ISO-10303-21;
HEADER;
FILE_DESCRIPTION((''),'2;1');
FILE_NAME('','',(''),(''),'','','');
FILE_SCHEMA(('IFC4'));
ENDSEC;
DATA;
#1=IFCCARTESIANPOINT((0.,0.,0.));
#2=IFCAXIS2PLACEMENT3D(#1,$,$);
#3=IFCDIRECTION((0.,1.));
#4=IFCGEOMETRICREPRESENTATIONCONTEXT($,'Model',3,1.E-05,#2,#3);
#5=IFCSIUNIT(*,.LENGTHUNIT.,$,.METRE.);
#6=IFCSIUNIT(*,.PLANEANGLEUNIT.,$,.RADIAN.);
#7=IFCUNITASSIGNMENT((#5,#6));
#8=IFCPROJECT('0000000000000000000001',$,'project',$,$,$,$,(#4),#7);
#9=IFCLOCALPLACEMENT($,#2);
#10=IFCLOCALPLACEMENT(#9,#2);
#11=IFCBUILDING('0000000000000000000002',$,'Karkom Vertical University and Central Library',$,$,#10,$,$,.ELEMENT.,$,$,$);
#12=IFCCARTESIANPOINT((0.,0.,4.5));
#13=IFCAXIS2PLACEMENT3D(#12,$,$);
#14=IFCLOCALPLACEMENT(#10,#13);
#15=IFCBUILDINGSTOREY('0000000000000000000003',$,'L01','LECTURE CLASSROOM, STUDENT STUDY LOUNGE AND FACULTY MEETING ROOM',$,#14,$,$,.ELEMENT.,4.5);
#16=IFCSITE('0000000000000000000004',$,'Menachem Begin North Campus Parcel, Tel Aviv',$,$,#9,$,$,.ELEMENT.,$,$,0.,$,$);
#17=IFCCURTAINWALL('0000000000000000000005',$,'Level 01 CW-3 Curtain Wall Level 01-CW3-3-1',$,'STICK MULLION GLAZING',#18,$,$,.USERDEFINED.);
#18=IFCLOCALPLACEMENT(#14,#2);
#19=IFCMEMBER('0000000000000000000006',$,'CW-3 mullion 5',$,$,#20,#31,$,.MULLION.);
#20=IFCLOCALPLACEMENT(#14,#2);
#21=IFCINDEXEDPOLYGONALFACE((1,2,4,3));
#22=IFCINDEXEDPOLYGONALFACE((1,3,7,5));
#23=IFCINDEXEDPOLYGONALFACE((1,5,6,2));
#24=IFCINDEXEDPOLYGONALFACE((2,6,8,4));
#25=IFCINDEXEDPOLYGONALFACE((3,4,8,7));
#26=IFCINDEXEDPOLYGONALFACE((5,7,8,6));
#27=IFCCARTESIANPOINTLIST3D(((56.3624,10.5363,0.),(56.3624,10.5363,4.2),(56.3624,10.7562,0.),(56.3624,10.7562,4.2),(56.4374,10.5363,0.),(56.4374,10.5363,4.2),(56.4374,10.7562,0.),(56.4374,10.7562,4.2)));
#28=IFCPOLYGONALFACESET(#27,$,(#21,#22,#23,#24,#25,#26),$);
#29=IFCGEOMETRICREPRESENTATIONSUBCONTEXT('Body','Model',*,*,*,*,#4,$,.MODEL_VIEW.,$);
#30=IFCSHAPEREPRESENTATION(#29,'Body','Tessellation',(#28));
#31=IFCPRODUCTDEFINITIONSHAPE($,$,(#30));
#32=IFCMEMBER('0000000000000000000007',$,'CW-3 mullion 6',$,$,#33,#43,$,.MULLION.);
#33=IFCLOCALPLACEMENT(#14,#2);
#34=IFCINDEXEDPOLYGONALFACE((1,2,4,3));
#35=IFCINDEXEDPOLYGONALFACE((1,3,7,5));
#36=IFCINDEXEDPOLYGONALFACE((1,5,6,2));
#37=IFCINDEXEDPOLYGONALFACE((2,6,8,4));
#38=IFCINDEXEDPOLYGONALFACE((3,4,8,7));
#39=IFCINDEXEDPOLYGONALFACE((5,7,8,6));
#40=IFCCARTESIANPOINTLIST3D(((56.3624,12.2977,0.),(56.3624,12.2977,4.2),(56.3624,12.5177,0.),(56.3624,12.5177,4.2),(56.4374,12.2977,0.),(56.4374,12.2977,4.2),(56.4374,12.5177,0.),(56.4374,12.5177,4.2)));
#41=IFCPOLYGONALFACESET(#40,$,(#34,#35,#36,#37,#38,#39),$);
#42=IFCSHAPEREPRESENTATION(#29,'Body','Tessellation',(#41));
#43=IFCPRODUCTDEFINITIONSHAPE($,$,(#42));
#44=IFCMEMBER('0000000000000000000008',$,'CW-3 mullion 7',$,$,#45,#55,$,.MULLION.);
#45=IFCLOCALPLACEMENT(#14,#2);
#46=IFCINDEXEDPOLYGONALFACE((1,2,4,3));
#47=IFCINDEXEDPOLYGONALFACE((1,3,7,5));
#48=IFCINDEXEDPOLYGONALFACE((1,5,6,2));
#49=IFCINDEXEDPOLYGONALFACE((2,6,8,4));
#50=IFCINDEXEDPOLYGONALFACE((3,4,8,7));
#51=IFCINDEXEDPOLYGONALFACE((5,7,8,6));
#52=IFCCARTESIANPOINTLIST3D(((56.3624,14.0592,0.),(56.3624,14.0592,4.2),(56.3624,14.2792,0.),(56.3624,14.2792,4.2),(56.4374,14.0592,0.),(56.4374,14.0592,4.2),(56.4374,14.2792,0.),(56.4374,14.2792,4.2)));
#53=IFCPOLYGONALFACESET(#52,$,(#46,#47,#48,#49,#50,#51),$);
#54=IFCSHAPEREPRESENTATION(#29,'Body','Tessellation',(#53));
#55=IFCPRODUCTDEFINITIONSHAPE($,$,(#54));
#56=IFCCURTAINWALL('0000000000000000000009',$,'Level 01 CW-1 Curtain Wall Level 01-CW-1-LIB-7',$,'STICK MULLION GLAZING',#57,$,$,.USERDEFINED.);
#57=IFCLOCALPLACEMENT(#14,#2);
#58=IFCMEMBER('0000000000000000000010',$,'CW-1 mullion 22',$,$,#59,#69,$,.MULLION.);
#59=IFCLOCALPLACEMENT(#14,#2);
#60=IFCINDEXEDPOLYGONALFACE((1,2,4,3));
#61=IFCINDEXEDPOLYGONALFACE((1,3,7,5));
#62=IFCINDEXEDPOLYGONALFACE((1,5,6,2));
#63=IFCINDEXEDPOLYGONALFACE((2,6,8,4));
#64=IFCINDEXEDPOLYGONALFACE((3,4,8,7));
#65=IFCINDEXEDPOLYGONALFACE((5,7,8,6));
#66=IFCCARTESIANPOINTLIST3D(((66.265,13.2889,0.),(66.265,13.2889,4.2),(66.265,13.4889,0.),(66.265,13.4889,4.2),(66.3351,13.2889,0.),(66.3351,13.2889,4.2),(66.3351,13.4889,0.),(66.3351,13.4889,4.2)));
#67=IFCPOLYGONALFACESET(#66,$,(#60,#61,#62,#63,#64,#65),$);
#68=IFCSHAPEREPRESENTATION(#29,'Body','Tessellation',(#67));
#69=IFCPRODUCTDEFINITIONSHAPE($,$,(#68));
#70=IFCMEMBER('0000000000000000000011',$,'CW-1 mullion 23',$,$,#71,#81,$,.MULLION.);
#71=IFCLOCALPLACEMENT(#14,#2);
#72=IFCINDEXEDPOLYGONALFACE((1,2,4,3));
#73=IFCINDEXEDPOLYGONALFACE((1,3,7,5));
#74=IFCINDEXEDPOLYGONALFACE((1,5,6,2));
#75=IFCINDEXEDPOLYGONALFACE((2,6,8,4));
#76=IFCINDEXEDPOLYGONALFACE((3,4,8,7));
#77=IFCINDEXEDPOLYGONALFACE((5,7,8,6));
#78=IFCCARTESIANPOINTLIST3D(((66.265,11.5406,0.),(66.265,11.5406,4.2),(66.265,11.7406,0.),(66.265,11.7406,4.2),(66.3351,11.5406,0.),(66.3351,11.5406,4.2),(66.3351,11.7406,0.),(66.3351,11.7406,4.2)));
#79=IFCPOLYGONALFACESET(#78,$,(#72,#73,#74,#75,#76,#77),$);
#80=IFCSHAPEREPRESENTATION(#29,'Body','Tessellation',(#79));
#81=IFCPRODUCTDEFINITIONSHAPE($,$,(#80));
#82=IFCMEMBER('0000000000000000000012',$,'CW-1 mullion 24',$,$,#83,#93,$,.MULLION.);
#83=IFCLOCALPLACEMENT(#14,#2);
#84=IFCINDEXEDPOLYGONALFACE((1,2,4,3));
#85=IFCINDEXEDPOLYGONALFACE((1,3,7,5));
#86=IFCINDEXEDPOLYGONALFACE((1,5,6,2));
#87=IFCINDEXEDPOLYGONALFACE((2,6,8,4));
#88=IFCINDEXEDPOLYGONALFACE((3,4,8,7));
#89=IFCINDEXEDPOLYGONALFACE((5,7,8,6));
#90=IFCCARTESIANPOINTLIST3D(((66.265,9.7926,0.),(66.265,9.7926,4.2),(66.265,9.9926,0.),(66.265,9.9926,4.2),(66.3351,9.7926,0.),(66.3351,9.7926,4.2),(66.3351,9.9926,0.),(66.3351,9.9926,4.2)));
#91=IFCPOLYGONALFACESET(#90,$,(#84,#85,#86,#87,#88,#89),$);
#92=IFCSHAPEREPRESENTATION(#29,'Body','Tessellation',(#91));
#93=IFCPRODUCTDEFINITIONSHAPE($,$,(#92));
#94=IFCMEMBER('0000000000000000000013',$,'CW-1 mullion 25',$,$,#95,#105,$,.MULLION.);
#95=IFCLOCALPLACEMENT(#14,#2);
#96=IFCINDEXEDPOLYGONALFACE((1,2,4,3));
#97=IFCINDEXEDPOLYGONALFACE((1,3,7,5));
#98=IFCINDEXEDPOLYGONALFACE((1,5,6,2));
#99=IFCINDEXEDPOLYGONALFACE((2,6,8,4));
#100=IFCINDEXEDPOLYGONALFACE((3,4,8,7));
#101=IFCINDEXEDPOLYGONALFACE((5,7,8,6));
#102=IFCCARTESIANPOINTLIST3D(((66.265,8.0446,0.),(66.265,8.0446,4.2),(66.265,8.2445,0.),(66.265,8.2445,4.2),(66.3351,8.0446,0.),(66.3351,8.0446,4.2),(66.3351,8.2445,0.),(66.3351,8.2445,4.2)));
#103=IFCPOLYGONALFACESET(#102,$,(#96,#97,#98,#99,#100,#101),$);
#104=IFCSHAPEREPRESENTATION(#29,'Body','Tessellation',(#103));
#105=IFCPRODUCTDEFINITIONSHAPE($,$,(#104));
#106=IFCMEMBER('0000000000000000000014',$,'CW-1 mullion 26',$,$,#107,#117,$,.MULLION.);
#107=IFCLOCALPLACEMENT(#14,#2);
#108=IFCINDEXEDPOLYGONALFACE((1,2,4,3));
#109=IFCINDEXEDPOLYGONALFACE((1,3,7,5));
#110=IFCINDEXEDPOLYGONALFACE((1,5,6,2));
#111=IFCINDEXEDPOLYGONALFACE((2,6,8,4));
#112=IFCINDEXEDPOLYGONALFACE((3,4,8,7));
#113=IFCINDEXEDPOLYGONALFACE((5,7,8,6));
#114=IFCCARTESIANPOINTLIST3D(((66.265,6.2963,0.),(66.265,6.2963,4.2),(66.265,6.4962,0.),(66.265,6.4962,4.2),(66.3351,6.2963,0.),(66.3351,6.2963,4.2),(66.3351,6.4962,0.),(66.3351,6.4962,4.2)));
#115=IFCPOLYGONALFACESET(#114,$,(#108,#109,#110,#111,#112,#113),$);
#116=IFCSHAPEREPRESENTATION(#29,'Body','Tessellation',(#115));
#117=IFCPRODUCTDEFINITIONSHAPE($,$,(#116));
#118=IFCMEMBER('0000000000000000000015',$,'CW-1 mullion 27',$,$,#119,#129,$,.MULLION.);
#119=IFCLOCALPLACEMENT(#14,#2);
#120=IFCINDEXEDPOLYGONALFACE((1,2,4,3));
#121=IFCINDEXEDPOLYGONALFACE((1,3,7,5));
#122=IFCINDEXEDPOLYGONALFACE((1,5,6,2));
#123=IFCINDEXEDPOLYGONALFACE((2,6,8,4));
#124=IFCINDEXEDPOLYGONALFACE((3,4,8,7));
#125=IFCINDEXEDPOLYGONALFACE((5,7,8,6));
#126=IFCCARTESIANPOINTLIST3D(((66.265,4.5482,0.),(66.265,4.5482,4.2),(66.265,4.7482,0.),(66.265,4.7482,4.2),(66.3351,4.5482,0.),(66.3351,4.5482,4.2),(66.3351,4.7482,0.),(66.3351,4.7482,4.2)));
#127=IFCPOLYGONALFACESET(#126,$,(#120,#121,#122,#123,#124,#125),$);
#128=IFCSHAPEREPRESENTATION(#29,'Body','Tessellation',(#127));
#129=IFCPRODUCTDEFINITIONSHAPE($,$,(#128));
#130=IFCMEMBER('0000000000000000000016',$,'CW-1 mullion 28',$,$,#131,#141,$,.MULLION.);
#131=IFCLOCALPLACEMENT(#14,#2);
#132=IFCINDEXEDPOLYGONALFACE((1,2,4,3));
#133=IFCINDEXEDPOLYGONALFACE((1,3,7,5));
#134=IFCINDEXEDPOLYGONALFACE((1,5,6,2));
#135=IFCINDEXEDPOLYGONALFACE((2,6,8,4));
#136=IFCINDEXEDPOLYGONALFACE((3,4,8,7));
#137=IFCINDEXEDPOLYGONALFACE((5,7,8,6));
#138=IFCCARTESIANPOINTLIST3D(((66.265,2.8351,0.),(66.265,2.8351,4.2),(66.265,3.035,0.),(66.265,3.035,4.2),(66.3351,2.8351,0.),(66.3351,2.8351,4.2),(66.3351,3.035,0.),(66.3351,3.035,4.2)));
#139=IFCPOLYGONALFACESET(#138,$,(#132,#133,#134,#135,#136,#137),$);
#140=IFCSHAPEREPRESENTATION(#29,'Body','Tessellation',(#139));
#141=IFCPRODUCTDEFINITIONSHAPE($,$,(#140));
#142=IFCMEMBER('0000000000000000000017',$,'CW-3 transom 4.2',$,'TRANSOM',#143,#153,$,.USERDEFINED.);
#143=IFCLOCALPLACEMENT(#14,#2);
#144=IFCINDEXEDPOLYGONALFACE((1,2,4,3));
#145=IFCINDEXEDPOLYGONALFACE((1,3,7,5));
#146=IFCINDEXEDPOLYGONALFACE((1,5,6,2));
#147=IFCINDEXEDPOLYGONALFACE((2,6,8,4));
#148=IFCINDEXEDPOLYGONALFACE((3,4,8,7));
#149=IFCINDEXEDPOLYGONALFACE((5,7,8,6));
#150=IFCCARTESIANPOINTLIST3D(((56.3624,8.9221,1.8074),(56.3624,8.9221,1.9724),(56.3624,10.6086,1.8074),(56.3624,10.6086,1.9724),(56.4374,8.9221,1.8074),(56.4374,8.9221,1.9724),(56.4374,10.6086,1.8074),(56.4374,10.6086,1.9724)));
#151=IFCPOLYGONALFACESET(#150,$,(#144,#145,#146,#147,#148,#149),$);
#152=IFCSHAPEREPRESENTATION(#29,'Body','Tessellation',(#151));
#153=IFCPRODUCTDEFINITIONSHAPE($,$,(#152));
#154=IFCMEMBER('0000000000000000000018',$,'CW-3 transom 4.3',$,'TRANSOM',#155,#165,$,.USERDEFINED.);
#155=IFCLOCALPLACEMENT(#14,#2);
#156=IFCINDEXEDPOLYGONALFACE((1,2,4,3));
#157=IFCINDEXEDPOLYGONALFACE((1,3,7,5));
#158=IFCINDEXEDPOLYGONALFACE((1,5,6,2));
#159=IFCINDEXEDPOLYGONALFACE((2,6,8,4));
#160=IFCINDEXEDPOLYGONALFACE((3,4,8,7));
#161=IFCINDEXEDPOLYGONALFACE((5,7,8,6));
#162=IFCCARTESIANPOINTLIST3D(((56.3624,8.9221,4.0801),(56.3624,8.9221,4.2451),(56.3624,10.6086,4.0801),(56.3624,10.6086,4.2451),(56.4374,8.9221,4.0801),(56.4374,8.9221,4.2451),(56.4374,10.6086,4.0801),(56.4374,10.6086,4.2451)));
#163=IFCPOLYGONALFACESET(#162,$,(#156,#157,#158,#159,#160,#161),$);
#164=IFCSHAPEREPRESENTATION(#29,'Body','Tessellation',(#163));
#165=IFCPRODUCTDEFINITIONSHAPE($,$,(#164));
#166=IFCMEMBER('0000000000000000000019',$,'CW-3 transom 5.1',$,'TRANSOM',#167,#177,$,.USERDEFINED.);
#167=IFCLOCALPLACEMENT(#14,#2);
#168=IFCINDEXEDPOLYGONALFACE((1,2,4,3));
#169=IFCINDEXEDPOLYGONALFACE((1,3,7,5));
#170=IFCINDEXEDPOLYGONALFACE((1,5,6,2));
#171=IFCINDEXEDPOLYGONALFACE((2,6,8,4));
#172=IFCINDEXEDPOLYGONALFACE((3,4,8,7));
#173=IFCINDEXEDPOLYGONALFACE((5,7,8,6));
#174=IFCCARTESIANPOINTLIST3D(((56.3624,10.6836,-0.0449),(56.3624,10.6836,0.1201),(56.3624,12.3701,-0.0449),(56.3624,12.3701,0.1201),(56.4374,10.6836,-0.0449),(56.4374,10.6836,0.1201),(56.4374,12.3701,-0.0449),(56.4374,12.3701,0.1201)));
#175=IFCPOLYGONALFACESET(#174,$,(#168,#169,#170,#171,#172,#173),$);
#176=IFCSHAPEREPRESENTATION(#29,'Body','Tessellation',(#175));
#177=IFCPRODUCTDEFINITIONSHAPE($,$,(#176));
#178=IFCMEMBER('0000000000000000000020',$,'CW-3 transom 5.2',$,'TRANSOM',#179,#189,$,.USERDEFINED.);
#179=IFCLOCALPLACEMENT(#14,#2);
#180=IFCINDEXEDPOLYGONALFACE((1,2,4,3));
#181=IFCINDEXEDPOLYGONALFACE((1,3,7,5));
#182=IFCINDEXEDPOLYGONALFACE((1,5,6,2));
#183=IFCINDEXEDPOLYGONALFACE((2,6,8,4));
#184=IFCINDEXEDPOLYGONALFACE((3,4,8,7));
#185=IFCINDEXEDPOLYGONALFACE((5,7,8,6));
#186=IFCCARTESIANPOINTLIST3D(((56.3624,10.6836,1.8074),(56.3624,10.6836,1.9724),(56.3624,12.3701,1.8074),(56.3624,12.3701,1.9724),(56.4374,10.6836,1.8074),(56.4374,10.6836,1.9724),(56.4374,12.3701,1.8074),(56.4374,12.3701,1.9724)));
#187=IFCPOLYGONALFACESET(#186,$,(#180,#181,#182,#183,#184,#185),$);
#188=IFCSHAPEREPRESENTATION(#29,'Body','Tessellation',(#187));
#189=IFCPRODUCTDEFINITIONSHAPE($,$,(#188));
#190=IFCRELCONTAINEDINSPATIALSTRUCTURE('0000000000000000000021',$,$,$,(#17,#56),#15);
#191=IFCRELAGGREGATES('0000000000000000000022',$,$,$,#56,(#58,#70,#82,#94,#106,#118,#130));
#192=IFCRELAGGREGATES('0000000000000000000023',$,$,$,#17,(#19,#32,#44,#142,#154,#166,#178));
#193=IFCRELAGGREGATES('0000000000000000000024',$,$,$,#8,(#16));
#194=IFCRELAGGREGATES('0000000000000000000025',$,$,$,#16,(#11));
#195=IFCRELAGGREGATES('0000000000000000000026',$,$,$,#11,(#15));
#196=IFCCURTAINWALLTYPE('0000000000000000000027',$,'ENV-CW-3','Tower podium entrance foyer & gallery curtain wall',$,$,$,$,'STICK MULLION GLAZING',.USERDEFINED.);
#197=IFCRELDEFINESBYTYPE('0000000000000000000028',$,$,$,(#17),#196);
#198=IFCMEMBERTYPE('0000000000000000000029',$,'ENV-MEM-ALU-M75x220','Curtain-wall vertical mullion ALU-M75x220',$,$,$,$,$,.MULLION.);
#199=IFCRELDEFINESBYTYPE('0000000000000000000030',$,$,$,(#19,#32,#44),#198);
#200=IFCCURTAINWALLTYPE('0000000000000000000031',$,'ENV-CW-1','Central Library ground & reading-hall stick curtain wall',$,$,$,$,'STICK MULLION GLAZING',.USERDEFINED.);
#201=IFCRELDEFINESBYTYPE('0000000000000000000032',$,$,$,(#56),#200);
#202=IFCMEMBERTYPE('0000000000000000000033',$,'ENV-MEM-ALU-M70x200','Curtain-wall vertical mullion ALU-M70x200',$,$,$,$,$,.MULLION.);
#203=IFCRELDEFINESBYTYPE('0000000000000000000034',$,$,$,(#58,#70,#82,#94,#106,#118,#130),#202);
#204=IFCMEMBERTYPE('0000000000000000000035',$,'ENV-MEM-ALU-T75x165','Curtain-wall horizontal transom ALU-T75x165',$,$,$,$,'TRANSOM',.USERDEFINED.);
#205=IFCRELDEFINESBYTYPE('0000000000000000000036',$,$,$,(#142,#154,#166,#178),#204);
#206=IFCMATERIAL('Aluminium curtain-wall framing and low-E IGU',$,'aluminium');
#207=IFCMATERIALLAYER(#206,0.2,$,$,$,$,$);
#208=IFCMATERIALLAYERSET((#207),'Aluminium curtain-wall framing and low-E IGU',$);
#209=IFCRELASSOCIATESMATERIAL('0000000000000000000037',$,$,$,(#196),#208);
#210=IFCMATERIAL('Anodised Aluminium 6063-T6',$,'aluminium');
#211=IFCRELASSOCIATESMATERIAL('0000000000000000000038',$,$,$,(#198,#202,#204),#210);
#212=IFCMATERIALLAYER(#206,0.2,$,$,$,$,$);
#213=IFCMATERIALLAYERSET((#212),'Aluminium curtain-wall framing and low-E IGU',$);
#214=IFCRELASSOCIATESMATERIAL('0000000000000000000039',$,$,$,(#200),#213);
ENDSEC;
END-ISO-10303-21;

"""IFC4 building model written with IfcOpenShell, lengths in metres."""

from ifc_helpers import new_model, si_unit, direction, frame, origin, origin_with_axes, origin_2d, place, context, subcontext, project, spatial, rectangle, extrude, source, transform, mapped, material, layer, layer_set, material_profile, profile_set, type_object, element, aggregate, save


model = new_model("IFC4")

# Units and contexts
model_context = context("Model", 3, precision=1e-05, world=origin(), true_north=direction((0.0, 1.0)))
body_context = subcontext(model_context, "Body", "Model", "MODEL_VIEW")
ifc_project = project(units=[si_unit("LENGTHUNIT", "METRE"), si_unit("PLANEANGLEUNIT", "RADIAN")], contexts=[model_context])

# Site, building, storey
site_placement = place(None, origin())
site = spatial("IfcSite", under=ifc_project, at=site_placement, Name="Menachem Begin North Campus Parcel, Tel Aviv", CompositionType="ELEMENT", RefElevation=0.0)
building_placement = place(site_placement, origin())
building = spatial("IfcBuilding", under=site, at=building_placement, Name="Karkom Vertical University and Central Library", CompositionType="ELEMENT")
storey_placement = place(building_placement, frame((0.0, 0.0, 4.5)))
storey = spatial("IfcBuildingStorey", under=building, at=storey_placement, Name="L01", Description="LECTURE CLASSROOM, STUDENT STUDY LOUNGE AND FACULTY MEETING ROOM", CompositionType="ELEMENT", Elevation=4.5)

# Curtain walls, members
ifc_material_1 = material(Name="Aluminium curtain-wall framing and low-E IGU", Category="aluminium")
ifc_layer_1 = layer(ifc_material_1, 0.2)
ifc_layer_set_1 = layer_set([ifc_layer_1], Name="Aluminium curtain-wall framing and low-E IGU")
curtain_wall_type_1 = type_object("IfcCurtainWallType", Name="ENV-CW-3", Description="Tower podium entrance foyer & gallery curtain wall", ElementType="STICK MULLION GLAZING", PredefinedType="USERDEFINED", material=ifc_layer_set_1)
curtain_wall_1_placement = place(storey_placement, origin())
curtain_wall_1 = element("IfcCurtainWall", 1, at=curtain_wall_1_placement, inside=storey, type_object=curtain_wall_type_1, Name="Level 01 CW-3 Curtain Wall Level 01-CW3-3-1", ObjectType="STICK MULLION GLAZING", PredefinedType="USERDEFINED")
ifc_material_2 = material(Name="Anodised Aluminium 6063-T6", Category="aluminium")
ifc_material_profile_1 = material_profile(ifc_material_2, rectangle(XDim=0.075, YDim=0.22, at=origin_2d()), Name="ALU-M75x220")
ifc_profile_set_1 = profile_set([ifc_material_profile_1], Name="Anodised Aluminium 6063-T6")
member_type_1 = type_object("IfcMemberType", Name="ENV-MEM-ALU-M75x220", Description="Curtain-wall vertical mullion ALU-M75x220", PredefinedType="MULLION", material=ifc_profile_set_1)
shared_shape_1 = source(origin_with_axes(), body_context, "Body", "SweptSolid", [
    extrude(rectangle(XDim=0.075, YDim=0.22, at=origin_2d()), origin(), (0.0, 0.0, 1.0), 4.2),
])
member_1_placement = place(storey_placement, frame((56.3999, 10.6462, 0.0), z_axis=(0.0, 0.0, 1.0), x_axis=(-1.0, 0.0, 0.0)))
member_1 = element("IfcMember", 2, at=member_1_placement, type_object=member_type_1, Name="CW-3 mullion 5", PredefinedType="MULLION", context=body_context, shape_type="MappedRepresentation", body=[
    mapped(shared_shape_1, transform((0.0, 0.0, 0.0), scale=1.0)),
])
member_2_placement = place(storey_placement, frame((56.3999, 12.4077, 0.0), z_axis=(0.0, 0.0, 1.0), x_axis=(-1.0, 0.0, 0.0)))
member_2 = element("IfcMember", 3, at=member_2_placement, type_object=member_type_1, Name="CW-3 mullion 6", PredefinedType="MULLION", context=body_context, shape_type="MappedRepresentation", body=[
    mapped(shared_shape_1, transform((0.0, 0.0, 0.0), scale=1.0)),
])
member_3_placement = place(storey_placement, frame((56.3999, 14.1692, 0.0), z_axis=(0.0, 0.0, 1.0), x_axis=(-1.0, 0.0, 0.0)))
member_3 = element("IfcMember", 4, at=member_3_placement, type_object=member_type_1, Name="CW-3 mullion 7", PredefinedType="MULLION", context=body_context, shape_type="MappedRepresentation", body=[
    mapped(shared_shape_1, transform((0.0, 0.0, 0.0), scale=1.0)),
])
ifc_layer_2 = layer(ifc_material_1, 0.2)
ifc_layer_set_2 = layer_set([ifc_layer_2], Name="Aluminium curtain-wall framing and low-E IGU")
curtain_wall_type_2 = type_object("IfcCurtainWallType", Name="ENV-CW-1", Description="Central Library ground & reading-hall stick curtain wall", ElementType="STICK MULLION GLAZING", PredefinedType="USERDEFINED", material=ifc_layer_set_2)
curtain_wall_2_placement = place(storey_placement, origin())
curtain_wall_2 = element("IfcCurtainWall", 5, at=curtain_wall_2_placement, inside=storey, type_object=curtain_wall_type_2, Name="Level 01 CW-1 Curtain Wall Level 01-CW-1-LIB-7", ObjectType="STICK MULLION GLAZING", PredefinedType="USERDEFINED")
ifc_material_profile_2 = material_profile(ifc_material_2, rectangle(XDim=0.0701, YDim=0.2, at=origin_2d()), Name="ALU-M70x200")
ifc_profile_set_2 = profile_set([ifc_material_profile_2], Name="Anodised Aluminium 6063-T6")
member_type_2 = type_object("IfcMemberType", Name="ENV-MEM-ALU-M70x200", Description="Curtain-wall vertical mullion ALU-M70x200", PredefinedType="MULLION", material=ifc_profile_set_2)
shared_shape_2 = source(origin_with_axes(), body_context, "Body", "SweptSolid", [
    extrude(rectangle(XDim=0.0701, YDim=0.2, at=origin_2d()), origin(), (0.0, 0.0, 1.0), 4.2),
])
member_4_placement = place(storey_placement, frame((66.3, 13.3889, 0.0), z_axis=(0.0, 0.0, 1.0), x_axis=(1.0, 0.0, 0.0)))
member_4 = element("IfcMember", 6, at=member_4_placement, type_object=member_type_2, Name="CW-1 mullion 22", PredefinedType="MULLION", context=body_context, shape_type="MappedRepresentation", body=[
    mapped(shared_shape_2, transform((0.0, 0.0, 0.0), scale=1.0)),
])
member_5_placement = place(storey_placement, frame((66.3, 11.6406, 0.0), z_axis=(0.0, 0.0, 1.0), x_axis=(1.0, 0.0, 0.0)))
member_5 = element("IfcMember", 7, at=member_5_placement, type_object=member_type_2, Name="CW-1 mullion 23", PredefinedType="MULLION", context=body_context, shape_type="MappedRepresentation", body=[
    mapped(shared_shape_2, transform((0.0, 0.0, 0.0), scale=1.0)),
])
member_6_placement = place(storey_placement, frame((66.3, 9.8926, 0.0), z_axis=(0.0, 0.0, 1.0), x_axis=(1.0, 0.0, 0.0)))
member_6 = element("IfcMember", 8, at=member_6_placement, type_object=member_type_2, Name="CW-1 mullion 24", PredefinedType="MULLION", context=body_context, shape_type="MappedRepresentation", body=[
    mapped(shared_shape_2, transform((0.0, 0.0, 0.0), scale=1.0)),
])
member_7_placement = place(storey_placement, frame((66.3, 8.1445, 0.0), z_axis=(0.0, 0.0, 1.0), x_axis=(1.0, 0.0, 0.0)))
member_7 = element("IfcMember", 9, at=member_7_placement, type_object=member_type_2, Name="CW-1 mullion 25", PredefinedType="MULLION", context=body_context, shape_type="MappedRepresentation", body=[
    mapped(shared_shape_2, transform((0.0, 0.0, 0.0), scale=1.0)),
])
member_8_placement = place(storey_placement, frame((66.3, 6.3962, 0.0), z_axis=(0.0, 0.0, 1.0), x_axis=(1.0, 0.0, 0.0)))
member_8 = element("IfcMember", 10, at=member_8_placement, type_object=member_type_2, Name="CW-1 mullion 26", PredefinedType="MULLION", context=body_context, shape_type="MappedRepresentation", body=[
    mapped(shared_shape_2, transform((0.0, 0.0, 0.0), scale=1.0)),
])
member_9_placement = place(storey_placement, frame((66.3, 4.6482, 0.0), z_axis=(0.0, 0.0, 1.0), x_axis=(1.0, 0.0, 0.0)))
member_9 = element("IfcMember", 11, at=member_9_placement, type_object=member_type_2, Name="CW-1 mullion 27", PredefinedType="MULLION", context=body_context, shape_type="MappedRepresentation", body=[
    mapped(shared_shape_2, transform((0.0, 0.0, 0.0), scale=1.0)),
])
member_10_placement = place(storey_placement, frame((66.3, 2.9351, 0.0), z_axis=(0.0, 0.0, 1.0), x_axis=(1.0, 0.0, 0.0)))
member_10 = element("IfcMember", 12, at=member_10_placement, type_object=member_type_2, Name="CW-1 mullion 28", PredefinedType="MULLION", context=body_context, shape_type="MappedRepresentation", body=[
    mapped(shared_shape_2, transform((0.0, 0.0, 0.0), scale=1.0)),
])
aggregate(curtain_wall_2, [member_4, member_5, member_6, member_7, member_8, member_9, member_10])

# Members
ifc_material_profile_3 = material_profile(ifc_material_2, rectangle(XDim=0.075, YDim=0.165, at=origin_2d()), Name="ALU-T75x165")
ifc_profile_set_3 = profile_set([ifc_material_profile_3], Name="Anodised Aluminium 6063-T6")
member_type_3 = type_object("IfcMemberType", Name="ENV-MEM-ALU-T75x165", Description="Curtain-wall horizontal transom ALU-T75x165", ElementType="TRANSOM", PredefinedType="USERDEFINED", material=ifc_profile_set_3)
shared_shape_3 = source(origin_with_axes(), body_context, "Body", "SweptSolid", [
    extrude(rectangle(XDim=0.075, YDim=0.165, at=origin_2d()), origin(), (0.0, 0.0, 1.0), 1.6865),
])
member_11_placement = place(storey_placement, frame((56.3999, 8.9221, 1.8899), z_axis=(0.0, 1.0, 0.0), x_axis=(-1.0, 0.0, 0.0)))
member_11 = element("IfcMember", 13, at=member_11_placement, type_object=member_type_3, Name="CW-3 transom 4.2", ObjectType="TRANSOM", PredefinedType="USERDEFINED", context=body_context, shape_type="MappedRepresentation", body=[
    mapped(shared_shape_3, transform((0.0, 0.0, 0.0), scale=1.0)),
])
member_12_placement = place(storey_placement, frame((56.3999, 8.9221, 4.1626), z_axis=(0.0, 1.0, 0.0), x_axis=(-1.0, 0.0, 0.0)))
member_12 = element("IfcMember", 14, at=member_12_placement, type_object=member_type_3, Name="CW-3 transom 4.3", ObjectType="TRANSOM", PredefinedType="USERDEFINED", context=body_context, shape_type="MappedRepresentation", body=[
    mapped(shared_shape_3, transform((0.0, 0.0, 0.0), scale=1.0)),
])
member_13_placement = place(storey_placement, frame((56.3999, 10.6836, 0.0376), z_axis=(0.0, 1.0, 0.0), x_axis=(-1.0, 0.0, 0.0)))
member_13 = element("IfcMember", 15, at=member_13_placement, type_object=member_type_3, Name="CW-3 transom 5.1", ObjectType="TRANSOM", PredefinedType="USERDEFINED", context=body_context, shape_type="MappedRepresentation", body=[
    mapped(shared_shape_3, transform((0.0, 0.0, 0.0), scale=1.0)),
])
member_14_placement = place(storey_placement, frame((56.3999, 10.6836, 1.8899), z_axis=(0.0, 1.0, 0.0), x_axis=(-1.0, 0.0, 0.0)))
member_14 = element("IfcMember", 16, at=member_14_placement, type_object=member_type_3, Name="CW-3 transom 5.2", ObjectType="TRANSOM", PredefinedType="USERDEFINED", context=body_context, shape_type="MappedRepresentation", body=[
    mapped(shared_shape_3, transform((0.0, 0.0, 0.0), scale=1.0)),
])

aggregate(curtain_wall_1, [member_1, member_2, member_3, member_11, member_12, member_13, member_14])

save(model, "model.ifc")
